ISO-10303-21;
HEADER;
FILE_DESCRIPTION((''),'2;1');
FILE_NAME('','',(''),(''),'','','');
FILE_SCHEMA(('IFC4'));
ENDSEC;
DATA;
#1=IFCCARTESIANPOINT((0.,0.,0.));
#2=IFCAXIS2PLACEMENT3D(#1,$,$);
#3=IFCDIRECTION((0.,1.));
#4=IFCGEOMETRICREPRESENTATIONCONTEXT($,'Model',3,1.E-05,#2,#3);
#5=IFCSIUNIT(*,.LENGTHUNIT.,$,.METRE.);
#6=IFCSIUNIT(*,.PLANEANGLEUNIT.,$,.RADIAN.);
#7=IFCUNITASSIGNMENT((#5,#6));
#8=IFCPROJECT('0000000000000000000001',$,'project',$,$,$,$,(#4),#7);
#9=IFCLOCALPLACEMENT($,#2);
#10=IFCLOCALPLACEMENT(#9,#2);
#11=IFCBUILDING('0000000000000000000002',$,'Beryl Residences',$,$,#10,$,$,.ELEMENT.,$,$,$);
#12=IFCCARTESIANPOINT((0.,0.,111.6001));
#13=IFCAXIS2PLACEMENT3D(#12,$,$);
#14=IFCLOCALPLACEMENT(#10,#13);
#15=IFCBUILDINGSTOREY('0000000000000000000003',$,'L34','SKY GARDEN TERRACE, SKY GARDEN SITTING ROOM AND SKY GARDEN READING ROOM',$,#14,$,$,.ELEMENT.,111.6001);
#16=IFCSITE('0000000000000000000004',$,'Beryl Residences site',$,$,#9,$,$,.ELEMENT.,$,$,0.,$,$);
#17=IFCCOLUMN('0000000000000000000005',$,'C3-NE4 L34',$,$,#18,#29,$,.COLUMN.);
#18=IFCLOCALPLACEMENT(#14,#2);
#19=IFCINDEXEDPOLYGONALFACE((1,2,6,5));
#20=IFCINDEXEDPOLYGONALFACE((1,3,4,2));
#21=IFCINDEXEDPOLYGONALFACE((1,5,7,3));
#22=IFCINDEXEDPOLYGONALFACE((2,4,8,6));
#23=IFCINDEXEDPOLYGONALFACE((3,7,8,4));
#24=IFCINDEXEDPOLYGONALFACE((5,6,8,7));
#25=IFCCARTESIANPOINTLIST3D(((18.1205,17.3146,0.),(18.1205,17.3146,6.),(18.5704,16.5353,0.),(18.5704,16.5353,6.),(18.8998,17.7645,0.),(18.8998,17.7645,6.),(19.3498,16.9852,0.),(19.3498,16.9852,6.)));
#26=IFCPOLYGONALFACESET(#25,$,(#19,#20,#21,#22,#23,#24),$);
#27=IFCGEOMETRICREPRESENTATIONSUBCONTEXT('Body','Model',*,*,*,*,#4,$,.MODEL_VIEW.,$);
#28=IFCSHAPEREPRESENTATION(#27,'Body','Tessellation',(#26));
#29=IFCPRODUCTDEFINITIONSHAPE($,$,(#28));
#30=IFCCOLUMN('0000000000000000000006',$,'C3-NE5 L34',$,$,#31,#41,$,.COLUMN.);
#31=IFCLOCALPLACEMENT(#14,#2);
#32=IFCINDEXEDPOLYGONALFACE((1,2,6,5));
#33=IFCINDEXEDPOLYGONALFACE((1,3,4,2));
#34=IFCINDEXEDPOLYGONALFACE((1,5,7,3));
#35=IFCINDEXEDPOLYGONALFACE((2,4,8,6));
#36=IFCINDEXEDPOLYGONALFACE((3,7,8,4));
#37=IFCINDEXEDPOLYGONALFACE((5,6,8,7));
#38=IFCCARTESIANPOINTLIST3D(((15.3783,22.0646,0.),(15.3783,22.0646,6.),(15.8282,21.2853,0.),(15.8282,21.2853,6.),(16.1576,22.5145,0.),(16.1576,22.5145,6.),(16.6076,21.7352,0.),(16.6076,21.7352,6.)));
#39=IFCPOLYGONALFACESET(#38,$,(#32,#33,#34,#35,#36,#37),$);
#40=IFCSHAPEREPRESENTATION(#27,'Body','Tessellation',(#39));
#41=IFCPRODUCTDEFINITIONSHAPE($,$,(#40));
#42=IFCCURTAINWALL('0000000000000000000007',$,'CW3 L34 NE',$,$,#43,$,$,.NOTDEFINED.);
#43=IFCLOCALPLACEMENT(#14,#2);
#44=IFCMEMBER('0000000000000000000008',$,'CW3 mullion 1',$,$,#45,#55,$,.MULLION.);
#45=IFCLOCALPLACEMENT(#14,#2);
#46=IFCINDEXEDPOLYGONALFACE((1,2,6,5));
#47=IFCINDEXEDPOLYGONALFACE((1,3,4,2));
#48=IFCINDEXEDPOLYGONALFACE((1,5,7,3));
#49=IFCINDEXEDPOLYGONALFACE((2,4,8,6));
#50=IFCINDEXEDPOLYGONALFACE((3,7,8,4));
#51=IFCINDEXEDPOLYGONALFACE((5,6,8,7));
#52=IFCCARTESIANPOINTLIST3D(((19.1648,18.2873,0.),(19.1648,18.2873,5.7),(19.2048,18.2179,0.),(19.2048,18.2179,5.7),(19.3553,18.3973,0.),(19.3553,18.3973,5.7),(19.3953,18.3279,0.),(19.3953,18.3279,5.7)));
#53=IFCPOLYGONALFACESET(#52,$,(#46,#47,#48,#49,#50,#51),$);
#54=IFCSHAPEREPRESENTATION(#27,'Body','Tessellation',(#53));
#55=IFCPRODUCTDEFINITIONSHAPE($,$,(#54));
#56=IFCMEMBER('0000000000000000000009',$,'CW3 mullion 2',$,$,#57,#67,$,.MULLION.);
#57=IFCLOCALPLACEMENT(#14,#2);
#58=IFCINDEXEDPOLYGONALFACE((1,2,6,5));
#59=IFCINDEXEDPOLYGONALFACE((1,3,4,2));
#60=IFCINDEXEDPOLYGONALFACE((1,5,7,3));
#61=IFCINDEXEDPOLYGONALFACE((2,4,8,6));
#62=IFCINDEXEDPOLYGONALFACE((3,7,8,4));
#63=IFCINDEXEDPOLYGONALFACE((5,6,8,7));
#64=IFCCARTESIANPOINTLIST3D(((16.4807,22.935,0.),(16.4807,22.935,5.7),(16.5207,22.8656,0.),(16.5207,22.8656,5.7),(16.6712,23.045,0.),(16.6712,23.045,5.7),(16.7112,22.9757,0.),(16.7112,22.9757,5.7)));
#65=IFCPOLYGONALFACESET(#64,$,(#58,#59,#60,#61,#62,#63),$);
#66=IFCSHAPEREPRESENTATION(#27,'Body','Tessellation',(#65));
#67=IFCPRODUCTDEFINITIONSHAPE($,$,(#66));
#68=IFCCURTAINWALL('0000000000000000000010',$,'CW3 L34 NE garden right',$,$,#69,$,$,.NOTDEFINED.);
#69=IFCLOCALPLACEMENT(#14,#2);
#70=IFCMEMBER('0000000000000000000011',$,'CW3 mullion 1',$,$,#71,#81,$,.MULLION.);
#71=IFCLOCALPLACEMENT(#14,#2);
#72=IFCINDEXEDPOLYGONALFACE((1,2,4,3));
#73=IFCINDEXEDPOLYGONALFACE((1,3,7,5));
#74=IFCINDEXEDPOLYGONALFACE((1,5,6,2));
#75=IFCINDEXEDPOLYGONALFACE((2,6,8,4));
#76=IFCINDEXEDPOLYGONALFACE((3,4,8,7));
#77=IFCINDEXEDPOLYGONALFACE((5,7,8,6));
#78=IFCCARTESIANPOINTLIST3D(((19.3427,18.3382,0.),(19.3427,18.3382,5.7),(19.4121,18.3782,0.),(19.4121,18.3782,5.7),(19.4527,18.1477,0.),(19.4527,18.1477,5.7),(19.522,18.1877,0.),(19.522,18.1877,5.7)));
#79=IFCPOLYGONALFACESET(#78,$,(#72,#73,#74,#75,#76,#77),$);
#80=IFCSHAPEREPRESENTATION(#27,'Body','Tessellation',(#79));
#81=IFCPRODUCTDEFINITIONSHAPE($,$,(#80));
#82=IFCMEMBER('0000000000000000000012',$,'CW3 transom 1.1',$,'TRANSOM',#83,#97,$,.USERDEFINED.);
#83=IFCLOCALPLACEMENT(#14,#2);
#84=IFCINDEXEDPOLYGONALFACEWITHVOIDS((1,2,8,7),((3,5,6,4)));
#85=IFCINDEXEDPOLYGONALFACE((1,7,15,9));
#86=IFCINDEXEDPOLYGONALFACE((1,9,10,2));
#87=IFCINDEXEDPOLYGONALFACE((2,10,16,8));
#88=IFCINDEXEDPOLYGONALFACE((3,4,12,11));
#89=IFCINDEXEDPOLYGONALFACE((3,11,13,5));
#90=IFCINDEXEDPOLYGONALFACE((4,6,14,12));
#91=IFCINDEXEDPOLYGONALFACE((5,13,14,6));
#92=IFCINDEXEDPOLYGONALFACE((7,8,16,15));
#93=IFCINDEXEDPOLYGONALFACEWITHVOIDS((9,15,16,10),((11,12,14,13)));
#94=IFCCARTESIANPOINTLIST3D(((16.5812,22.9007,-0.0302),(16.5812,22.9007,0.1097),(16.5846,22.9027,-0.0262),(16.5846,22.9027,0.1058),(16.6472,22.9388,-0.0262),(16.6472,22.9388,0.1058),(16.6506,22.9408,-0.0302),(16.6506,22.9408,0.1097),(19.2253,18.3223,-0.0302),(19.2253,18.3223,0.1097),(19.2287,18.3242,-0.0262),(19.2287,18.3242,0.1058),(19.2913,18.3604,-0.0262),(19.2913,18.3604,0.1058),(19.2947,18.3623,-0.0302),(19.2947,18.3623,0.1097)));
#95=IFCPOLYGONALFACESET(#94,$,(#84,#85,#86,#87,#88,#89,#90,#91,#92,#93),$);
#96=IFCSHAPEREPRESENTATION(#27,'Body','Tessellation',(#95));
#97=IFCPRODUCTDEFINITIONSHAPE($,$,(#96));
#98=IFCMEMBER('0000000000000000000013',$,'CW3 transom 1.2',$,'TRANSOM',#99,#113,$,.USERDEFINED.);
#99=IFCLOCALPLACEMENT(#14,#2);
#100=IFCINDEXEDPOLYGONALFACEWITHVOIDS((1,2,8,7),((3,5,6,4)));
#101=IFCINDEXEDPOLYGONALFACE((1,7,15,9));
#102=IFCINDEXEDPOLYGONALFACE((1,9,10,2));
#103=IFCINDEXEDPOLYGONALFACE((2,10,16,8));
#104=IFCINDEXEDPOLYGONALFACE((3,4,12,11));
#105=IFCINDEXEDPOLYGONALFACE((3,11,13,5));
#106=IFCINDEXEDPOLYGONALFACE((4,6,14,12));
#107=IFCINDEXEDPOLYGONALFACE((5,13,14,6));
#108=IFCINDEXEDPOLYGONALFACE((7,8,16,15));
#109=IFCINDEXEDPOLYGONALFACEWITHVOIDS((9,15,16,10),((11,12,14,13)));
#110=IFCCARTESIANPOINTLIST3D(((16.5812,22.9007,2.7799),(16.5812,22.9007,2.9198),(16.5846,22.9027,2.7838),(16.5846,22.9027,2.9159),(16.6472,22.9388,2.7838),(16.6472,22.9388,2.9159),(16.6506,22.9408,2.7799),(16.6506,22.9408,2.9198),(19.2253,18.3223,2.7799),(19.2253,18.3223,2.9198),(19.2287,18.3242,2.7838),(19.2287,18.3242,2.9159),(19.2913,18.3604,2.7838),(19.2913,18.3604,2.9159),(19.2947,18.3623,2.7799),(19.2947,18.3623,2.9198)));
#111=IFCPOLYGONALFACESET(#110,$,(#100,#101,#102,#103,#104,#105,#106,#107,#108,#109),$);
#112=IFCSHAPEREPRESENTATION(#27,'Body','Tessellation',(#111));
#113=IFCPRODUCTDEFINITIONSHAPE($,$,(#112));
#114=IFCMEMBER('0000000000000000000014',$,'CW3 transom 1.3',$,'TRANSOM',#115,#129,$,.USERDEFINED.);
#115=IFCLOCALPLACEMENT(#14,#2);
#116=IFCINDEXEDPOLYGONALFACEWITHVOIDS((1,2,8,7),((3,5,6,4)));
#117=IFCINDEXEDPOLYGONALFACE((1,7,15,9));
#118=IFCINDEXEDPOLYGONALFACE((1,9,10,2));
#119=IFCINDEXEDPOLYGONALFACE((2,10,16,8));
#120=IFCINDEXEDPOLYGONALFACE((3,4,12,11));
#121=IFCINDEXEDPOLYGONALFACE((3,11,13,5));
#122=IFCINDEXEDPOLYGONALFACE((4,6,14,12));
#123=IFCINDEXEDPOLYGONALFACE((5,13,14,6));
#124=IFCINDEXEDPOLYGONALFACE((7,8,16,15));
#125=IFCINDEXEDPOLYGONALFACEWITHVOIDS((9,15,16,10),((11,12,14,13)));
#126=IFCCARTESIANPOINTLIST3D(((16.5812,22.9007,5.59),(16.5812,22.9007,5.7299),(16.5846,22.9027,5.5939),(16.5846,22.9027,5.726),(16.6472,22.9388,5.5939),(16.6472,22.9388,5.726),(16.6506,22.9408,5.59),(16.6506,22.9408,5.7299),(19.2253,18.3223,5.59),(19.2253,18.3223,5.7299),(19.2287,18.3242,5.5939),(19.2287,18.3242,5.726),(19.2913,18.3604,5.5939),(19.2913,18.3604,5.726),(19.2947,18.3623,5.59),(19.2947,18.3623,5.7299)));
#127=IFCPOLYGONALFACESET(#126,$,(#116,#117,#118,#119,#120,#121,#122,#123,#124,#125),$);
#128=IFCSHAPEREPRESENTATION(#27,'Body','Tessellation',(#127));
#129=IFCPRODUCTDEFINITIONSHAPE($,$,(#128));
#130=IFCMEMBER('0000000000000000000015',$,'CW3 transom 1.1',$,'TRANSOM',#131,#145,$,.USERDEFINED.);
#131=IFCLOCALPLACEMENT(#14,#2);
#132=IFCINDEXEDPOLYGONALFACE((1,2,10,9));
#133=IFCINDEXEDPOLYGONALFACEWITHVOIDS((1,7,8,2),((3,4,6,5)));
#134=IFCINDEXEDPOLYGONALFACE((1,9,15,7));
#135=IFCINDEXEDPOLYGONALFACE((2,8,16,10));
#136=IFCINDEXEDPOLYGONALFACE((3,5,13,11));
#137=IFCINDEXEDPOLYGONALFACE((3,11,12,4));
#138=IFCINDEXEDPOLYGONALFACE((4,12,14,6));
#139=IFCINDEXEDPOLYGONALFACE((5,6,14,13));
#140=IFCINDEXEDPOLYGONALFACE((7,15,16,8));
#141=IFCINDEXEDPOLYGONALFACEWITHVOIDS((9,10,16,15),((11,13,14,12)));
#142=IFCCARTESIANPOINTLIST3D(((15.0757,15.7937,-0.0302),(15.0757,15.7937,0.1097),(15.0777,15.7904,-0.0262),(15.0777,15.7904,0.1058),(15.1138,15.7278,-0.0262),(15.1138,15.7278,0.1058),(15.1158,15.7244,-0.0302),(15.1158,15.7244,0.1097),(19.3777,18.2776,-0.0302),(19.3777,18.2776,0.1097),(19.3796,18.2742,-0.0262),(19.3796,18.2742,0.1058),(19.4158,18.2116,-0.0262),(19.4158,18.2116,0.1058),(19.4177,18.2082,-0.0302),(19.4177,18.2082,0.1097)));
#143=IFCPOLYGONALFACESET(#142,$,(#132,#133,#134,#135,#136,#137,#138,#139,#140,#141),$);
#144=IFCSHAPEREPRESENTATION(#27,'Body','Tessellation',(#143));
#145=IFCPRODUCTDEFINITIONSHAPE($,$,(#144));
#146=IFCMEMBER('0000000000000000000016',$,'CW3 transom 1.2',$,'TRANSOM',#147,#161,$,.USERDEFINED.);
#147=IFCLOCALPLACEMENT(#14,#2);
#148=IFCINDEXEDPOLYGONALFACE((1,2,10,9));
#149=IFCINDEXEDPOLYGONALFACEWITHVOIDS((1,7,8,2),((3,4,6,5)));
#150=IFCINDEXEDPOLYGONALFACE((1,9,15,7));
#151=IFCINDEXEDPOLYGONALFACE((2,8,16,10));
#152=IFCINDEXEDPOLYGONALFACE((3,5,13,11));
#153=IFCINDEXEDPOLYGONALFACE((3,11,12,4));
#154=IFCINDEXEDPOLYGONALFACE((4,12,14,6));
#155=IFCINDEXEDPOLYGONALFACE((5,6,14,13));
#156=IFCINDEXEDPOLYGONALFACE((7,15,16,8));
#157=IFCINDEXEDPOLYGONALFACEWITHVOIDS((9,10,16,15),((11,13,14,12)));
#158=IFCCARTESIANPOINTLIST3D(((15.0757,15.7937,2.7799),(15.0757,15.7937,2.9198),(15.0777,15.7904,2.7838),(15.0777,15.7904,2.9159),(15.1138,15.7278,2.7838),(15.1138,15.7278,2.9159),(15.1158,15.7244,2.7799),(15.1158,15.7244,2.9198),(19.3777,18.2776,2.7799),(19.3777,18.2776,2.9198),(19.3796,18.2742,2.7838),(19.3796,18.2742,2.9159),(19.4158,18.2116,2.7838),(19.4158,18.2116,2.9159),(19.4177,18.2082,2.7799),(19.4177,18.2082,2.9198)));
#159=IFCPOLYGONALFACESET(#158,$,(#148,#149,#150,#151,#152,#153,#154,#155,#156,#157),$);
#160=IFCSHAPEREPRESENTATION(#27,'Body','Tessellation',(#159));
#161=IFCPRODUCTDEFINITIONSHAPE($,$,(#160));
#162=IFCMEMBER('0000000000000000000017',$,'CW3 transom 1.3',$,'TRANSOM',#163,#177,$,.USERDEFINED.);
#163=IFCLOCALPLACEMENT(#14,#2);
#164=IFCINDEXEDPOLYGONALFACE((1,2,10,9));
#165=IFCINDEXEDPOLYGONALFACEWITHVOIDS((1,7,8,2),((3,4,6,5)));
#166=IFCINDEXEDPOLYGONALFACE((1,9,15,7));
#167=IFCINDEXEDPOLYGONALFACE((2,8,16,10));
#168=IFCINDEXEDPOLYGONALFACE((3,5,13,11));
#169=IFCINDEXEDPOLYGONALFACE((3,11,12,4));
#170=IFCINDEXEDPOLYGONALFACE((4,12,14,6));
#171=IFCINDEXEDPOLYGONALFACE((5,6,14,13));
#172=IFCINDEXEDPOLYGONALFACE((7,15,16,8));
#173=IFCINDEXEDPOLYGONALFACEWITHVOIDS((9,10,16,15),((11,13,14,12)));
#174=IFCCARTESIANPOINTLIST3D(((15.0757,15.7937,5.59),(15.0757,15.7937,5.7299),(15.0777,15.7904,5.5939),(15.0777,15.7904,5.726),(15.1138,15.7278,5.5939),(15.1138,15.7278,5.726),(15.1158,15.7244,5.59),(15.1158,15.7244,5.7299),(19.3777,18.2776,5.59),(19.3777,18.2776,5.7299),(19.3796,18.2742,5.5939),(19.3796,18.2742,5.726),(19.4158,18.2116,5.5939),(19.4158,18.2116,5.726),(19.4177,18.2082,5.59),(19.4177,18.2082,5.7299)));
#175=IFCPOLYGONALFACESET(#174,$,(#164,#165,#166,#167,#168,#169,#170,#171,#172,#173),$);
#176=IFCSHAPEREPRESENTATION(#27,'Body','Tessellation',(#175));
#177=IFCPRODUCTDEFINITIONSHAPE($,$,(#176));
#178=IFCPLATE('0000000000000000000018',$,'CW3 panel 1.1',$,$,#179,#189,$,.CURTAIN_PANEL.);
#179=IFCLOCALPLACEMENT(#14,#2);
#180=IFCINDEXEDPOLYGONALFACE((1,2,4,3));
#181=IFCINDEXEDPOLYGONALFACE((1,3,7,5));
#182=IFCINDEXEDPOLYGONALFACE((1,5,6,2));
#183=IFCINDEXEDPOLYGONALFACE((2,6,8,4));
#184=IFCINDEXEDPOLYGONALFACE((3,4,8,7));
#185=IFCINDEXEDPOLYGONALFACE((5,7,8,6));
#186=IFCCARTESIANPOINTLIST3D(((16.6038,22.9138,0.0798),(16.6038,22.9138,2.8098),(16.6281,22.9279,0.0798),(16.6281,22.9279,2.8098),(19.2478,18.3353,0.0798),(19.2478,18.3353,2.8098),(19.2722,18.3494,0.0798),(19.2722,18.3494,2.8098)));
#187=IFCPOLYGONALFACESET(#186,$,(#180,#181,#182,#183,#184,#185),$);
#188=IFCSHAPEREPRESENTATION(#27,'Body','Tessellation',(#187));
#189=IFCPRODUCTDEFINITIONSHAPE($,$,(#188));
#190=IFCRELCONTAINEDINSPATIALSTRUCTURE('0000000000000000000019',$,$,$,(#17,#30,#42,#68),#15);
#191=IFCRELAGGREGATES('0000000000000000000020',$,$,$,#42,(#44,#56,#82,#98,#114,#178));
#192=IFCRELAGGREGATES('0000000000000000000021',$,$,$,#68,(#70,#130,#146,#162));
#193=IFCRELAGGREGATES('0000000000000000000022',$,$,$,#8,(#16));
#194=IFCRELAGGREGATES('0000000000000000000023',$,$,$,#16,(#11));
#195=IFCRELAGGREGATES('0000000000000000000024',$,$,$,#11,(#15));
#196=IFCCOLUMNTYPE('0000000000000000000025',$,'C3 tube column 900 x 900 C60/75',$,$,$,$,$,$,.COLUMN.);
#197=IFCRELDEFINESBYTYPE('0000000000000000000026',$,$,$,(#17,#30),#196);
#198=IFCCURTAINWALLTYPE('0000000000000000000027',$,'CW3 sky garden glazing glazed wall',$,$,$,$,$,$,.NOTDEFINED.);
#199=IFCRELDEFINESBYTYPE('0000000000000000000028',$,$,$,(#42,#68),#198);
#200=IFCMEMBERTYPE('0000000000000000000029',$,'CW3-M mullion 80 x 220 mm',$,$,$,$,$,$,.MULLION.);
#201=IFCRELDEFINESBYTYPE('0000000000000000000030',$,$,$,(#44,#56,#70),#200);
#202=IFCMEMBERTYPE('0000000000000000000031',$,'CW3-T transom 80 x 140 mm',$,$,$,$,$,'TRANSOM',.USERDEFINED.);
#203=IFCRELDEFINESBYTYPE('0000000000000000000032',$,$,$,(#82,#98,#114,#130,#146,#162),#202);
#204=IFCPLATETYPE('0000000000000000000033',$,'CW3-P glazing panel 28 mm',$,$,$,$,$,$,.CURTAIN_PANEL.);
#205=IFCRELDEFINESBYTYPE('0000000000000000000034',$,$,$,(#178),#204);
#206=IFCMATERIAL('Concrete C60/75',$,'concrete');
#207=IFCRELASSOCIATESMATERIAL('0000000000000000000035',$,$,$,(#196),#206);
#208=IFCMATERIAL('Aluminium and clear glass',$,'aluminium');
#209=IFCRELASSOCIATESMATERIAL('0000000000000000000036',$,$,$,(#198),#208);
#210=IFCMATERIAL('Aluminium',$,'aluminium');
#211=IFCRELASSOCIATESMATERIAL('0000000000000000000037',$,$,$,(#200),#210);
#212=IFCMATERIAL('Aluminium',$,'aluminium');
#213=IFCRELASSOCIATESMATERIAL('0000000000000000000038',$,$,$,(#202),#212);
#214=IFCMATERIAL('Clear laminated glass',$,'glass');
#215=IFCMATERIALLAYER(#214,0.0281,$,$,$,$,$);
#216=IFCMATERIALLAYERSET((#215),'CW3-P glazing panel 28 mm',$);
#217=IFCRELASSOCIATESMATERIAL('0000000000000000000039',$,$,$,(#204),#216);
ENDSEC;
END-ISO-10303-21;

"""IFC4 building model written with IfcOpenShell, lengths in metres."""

from ifc_helpers import new_model, si_unit, direction, frame, origin, origin_2d, place, context, subcontext, project, spatial, rectangle, hollow_rectangle, extrude, material, layer, layer_set, material_profile, profile_set, type_object, element, aggregate, save


model = new_model("IFC4")

# Units and contexts
model_context = context("Model", 3, precision=1e-05, world=origin(), true_north=direction((0.0, 1.0)))
body_context = subcontext(model_context, "Body", "Model", "MODEL_VIEW")
ifc_project = project(units=[si_unit("LENGTHUNIT", "METRE"), si_unit("PLANEANGLEUNIT", "RADIAN")], contexts=[model_context])

# Site, building, storey
site_placement = place(None, origin())
site = spatial("IfcSite", under=ifc_project, at=site_placement, Name="Beryl Residences site", CompositionType="ELEMENT", RefElevation=0.0)
building_placement = place(site_placement, origin())
building = spatial("IfcBuilding", under=site, at=building_placement, Name="Beryl Residences", CompositionType="ELEMENT")
storey_placement = place(building_placement, frame((0.0, 0.0, 111.6001)))
storey = spatial("IfcBuildingStorey", under=building, at=storey_placement, Name="L34", Description="SKY GARDEN TERRACE, SKY GARDEN SITTING ROOM AND SKY GARDEN READING ROOM", CompositionType="ELEMENT", Elevation=111.6001)

# Columns
ifc_material_1 = material(Name="Concrete C60/75", Category="concrete")
ifc_material_profile_1 = material_profile(ifc_material_1, rectangle(XDim=0.8999, YDim=0.8999, at=origin_2d()))
ifc_profile_set_1 = profile_set([ifc_material_profile_1], Name="Concrete C60/75")
column_type = type_object("IfcColumnType", Name="C3 tube column 900 x 900 C60/75", PredefinedType="COLUMN", material=ifc_profile_set_1)
for number, where, z_axis, x_axis, name in (
    (1, (18.7351, 17.1499, 0.0), (0.0, 0.0, 1.0), (-0.5, 0.866025, 0.0), "C3-NE4 L34"),
    (2, (15.9929, 21.8999, 0.0), (0.0, 0.0, 1.0), (-0.5, 0.866025, 0.0), "C3-NE5 L34"),
):
    element("IfcColumn", number, at=place(storey_placement, frame(where, z_axis=z_axis, x_axis=x_axis)), inside=storey, type_object=column_type, Name=name, PredefinedType="COLUMN", context=body_context, shape_type="SweptSolid", body=[
        extrude(rectangle(XDim=0.8999, YDim=0.8999, at=origin_2d()), origin(), (0.0, 0.0, 1.0), 6.0),
    ])

# Curtain wall, members
ifc_material_2 = material(Name="Aluminium and clear glass", Category="aluminium")
curtain_wall_type = type_object("IfcCurtainWallType", Name="CW3 sky garden glazing glazed wall", PredefinedType="NOTDEFINED", material=ifc_material_2)
curtain_wall_1_placement = place(storey_placement, origin())
curtain_wall_1 = element("IfcCurtainWall", 3, at=curtain_wall_1_placement, inside=storey, type_object=curtain_wall_type, Name="CW3 L34 NE", PredefinedType="NOTDEFINED")
ifc_material_3 = material(Name="Aluminium", Category="aluminium")
ifc_material_profile_2 = material_profile(ifc_material_3, rectangle(XDim=0.0801, YDim=0.22, at=origin_2d()))
ifc_profile_set_2 = profile_set([ifc_material_profile_2], Name="Aluminium")
member_type_1 = type_object("IfcMemberType", Name="CW3-M mullion 80 x 220 mm", PredefinedType="MULLION", material=ifc_profile_set_2)
member_1_placement = place(storey_placement, frame((19.28, 18.3076, 0.0), z_axis=(0.0, 0.0, 1.0), x_axis=(-0.500088, 0.865975, 0.0)))
member_1 = element("IfcMember", 4, at=member_1_placement, type_object=member_type_1, Name="CW3 mullion 1", PredefinedType="MULLION", context=body_context, shape_type="SweptSolid", body=[
    extrude(rectangle(XDim=0.0801, YDim=0.22, at=origin_2d()), origin(), (0.0, 0.0, 1.0), 5.7),
])
member_2_placement = place(storey_placement, frame((16.5959, 22.9553, 0.0), z_axis=(0.0, 0.0, 1.0), x_axis=(-0.500088, 0.865975, 0.0)))
member_2 = element("IfcMember", 5, at=member_2_placement, type_object=member_type_1, Name="CW3 mullion 2", PredefinedType="MULLION", context=body_context, shape_type="SweptSolid", body=[
    extrude(rectangle(XDim=0.0801, YDim=0.22, at=origin_2d()), origin(), (0.0, 0.0, 1.0), 5.7),
])

# Curtain wall, member
curtain_wall_2_placement = place(storey_placement, origin())
curtain_wall_2 = element("IfcCurtainWall", 6, at=curtain_wall_2_placement, inside=storey, type_object=curtain_wall_type, Name="CW3 L34 NE garden right", PredefinedType="NOTDEFINED")
member_3_placement = place(storey_placement, frame((19.4324, 18.2629, 0.0), z_axis=(0.0, 0.0, 1.0), x_axis=(-0.866009, -0.500029, 0.0)))
member_3 = element("IfcMember", 7, at=member_3_placement, type_object=member_type_1, Name="CW3 mullion 1", PredefinedType="MULLION", context=body_context, shape_type="SweptSolid", body=[
    extrude(rectangle(XDim=0.0801, YDim=0.22, at=origin_2d()), origin(), (0.0, 0.0, 1.0), 5.7),
])

# Members
ifc_material_4 = material(Name="Aluminium", Category="aluminium")
ifc_material_profile_3 = material_profile(ifc_material_4, hollow_rectangle(XDim=0.0801, YDim=0.1399, WallThickness=0.0039, at=origin_2d()))
ifc_profile_set_3 = profile_set([ifc_material_profile_3], Name="Aluminium")
member_type_2 = type_object("IfcMemberType", Name="CW3-T transom 80 x 140 mm", ElementType="TRANSOM", PredefinedType="USERDEFINED", material=ifc_profile_set_3)
member_4_placement = place(storey_placement, frame((19.26, 18.3423, 0.0398), z_axis=(-0.500102, 0.865966, 0.0), x_axis=(-0.865966, -0.500102, 0.0)))
member_4 = element("IfcMember", 8, at=member_4_placement, type_object=member_type_2, Name="CW3 transom 1.1", ObjectType="TRANSOM", PredefinedType="USERDEFINED", context=body_context, shape_type="SweptSolid", body=[
    extrude(hollow_rectangle(XDim=0.0801, YDim=0.1399, WallThickness=0.0039, at=origin_2d()), origin(), (0.0, 0.0, 1.0), 5.2871),
])
member_5_placement = place(storey_placement, frame((19.26, 18.3423, 2.8499), z_axis=(-0.500102, 0.865966, 0.0), x_axis=(-0.865966, -0.500102, 0.0)))
member_5 = element("IfcMember", 9, at=member_5_placement, type_object=member_type_2, Name="CW3 transom 1.2", ObjectType="TRANSOM", PredefinedType="USERDEFINED", context=body_context, shape_type="SweptSolid", body=[
    extrude(hollow_rectangle(XDim=0.0801, YDim=0.1399, WallThickness=0.0039, at=origin_2d()), origin(), (0.0, 0.0, 1.0), 5.2871),
])
member_6_placement = place(storey_placement, frame((19.26, 18.3423, 5.6599), z_axis=(-0.500102, 0.865966, 0.0), x_axis=(-0.865966, -0.500102, 0.0)))
member_6 = element("IfcMember", 10, at=member_6_placement, type_object=member_type_2, Name="CW3 transom 1.3", ObjectType="TRANSOM", PredefinedType="USERDEFINED", context=body_context, shape_type="SweptSolid", body=[
    extrude(hollow_rectangle(XDim=0.0801, YDim=0.1399, WallThickness=0.0039, at=origin_2d()), origin(), (0.0, 0.0, 1.0), 5.2871),
])
member_7_placement = place(storey_placement, frame((19.3977, 18.2429, 0.0398), z_axis=(-0.866015, -0.500019, 0.0), x_axis=(0.500019, -0.866015, 0.0)))
member_7 = element("IfcMember", 11, at=member_7_placement, type_object=member_type_2, Name="CW3 transom 1.1", ObjectType="TRANSOM", PredefinedType="USERDEFINED", context=body_context, shape_type="SweptSolid", body=[
    extrude(hollow_rectangle(XDim=0.0801, YDim=0.1399, WallThickness=0.0039, at=origin_2d()), origin(), (0.0, 0.0, 1.0), 4.9675),
])
member_8_placement = place(storey_placement, frame((19.3977, 18.2429, 2.8499), z_axis=(-0.866015, -0.500019, 0.0), x_axis=(0.500019, -0.866015, 0.0)))
member_8 = element("IfcMember", 12, at=member_8_placement, type_object=member_type_2, Name="CW3 transom 1.2", ObjectType="TRANSOM", PredefinedType="USERDEFINED", context=body_context, shape_type="SweptSolid", body=[
    extrude(hollow_rectangle(XDim=0.0801, YDim=0.1399, WallThickness=0.0039, at=origin_2d()), origin(), (0.0, 0.0, 1.0), 4.9675),
])
member_9_placement = place(storey_placement, frame((19.3977, 18.2429, 5.6599), z_axis=(-0.866015, -0.500019, 0.0), x_axis=(0.500019, -0.866015, 0.0)))
member_9 = element("IfcMember", 13, at=member_9_placement, type_object=member_type_2, Name="CW3 transom 1.3", ObjectType="TRANSOM", PredefinedType="USERDEFINED", context=body_context, shape_type="SweptSolid", body=[
    extrude(hollow_rectangle(XDim=0.0801, YDim=0.1399, WallThickness=0.0039, at=origin_2d()), origin(), (0.0, 0.0, 1.0), 4.9675),
])

# Plate
ifc_material_5 = material(Name="Clear laminated glass", Category="glass")
ifc_layer_1 = layer(ifc_material_5, 0.0281)
ifc_layer_set_1 = layer_set([ifc_layer_1], Name="CW3-P glazing panel 28 mm")
plate_type = type_object("IfcPlateType", Name="CW3-P glazing panel 28 mm", PredefinedType="CURTAIN_PANEL", material=ifc_layer_set_1)
plate_1_placement = place(storey_placement, frame((17.938, 20.6316, 0.0798), z_axis=(0.0, 0.0, 1.0), x_axis=(-0.500088, 0.865975, 0.0)))
plate_1 = element("IfcPlate", 14, at=plate_1_placement, type_object=plate_type, Name="CW3 panel 1.1", PredefinedType="CURTAIN_PANEL", context=body_context, shape_type="SweptSolid", body=[
    extrude(rectangle(XDim=5.2871, YDim=0.0281, at=origin_2d()), origin(), (0.0, 0.0, 1.0), 2.73),
])
aggregate(curtain_wall_1, [member_1, member_2, member_4, member_5, member_6, plate_1])
aggregate(curtain_wall_2, [member_3, member_7, member_8, member_9])

save(model, "model.ifc")
